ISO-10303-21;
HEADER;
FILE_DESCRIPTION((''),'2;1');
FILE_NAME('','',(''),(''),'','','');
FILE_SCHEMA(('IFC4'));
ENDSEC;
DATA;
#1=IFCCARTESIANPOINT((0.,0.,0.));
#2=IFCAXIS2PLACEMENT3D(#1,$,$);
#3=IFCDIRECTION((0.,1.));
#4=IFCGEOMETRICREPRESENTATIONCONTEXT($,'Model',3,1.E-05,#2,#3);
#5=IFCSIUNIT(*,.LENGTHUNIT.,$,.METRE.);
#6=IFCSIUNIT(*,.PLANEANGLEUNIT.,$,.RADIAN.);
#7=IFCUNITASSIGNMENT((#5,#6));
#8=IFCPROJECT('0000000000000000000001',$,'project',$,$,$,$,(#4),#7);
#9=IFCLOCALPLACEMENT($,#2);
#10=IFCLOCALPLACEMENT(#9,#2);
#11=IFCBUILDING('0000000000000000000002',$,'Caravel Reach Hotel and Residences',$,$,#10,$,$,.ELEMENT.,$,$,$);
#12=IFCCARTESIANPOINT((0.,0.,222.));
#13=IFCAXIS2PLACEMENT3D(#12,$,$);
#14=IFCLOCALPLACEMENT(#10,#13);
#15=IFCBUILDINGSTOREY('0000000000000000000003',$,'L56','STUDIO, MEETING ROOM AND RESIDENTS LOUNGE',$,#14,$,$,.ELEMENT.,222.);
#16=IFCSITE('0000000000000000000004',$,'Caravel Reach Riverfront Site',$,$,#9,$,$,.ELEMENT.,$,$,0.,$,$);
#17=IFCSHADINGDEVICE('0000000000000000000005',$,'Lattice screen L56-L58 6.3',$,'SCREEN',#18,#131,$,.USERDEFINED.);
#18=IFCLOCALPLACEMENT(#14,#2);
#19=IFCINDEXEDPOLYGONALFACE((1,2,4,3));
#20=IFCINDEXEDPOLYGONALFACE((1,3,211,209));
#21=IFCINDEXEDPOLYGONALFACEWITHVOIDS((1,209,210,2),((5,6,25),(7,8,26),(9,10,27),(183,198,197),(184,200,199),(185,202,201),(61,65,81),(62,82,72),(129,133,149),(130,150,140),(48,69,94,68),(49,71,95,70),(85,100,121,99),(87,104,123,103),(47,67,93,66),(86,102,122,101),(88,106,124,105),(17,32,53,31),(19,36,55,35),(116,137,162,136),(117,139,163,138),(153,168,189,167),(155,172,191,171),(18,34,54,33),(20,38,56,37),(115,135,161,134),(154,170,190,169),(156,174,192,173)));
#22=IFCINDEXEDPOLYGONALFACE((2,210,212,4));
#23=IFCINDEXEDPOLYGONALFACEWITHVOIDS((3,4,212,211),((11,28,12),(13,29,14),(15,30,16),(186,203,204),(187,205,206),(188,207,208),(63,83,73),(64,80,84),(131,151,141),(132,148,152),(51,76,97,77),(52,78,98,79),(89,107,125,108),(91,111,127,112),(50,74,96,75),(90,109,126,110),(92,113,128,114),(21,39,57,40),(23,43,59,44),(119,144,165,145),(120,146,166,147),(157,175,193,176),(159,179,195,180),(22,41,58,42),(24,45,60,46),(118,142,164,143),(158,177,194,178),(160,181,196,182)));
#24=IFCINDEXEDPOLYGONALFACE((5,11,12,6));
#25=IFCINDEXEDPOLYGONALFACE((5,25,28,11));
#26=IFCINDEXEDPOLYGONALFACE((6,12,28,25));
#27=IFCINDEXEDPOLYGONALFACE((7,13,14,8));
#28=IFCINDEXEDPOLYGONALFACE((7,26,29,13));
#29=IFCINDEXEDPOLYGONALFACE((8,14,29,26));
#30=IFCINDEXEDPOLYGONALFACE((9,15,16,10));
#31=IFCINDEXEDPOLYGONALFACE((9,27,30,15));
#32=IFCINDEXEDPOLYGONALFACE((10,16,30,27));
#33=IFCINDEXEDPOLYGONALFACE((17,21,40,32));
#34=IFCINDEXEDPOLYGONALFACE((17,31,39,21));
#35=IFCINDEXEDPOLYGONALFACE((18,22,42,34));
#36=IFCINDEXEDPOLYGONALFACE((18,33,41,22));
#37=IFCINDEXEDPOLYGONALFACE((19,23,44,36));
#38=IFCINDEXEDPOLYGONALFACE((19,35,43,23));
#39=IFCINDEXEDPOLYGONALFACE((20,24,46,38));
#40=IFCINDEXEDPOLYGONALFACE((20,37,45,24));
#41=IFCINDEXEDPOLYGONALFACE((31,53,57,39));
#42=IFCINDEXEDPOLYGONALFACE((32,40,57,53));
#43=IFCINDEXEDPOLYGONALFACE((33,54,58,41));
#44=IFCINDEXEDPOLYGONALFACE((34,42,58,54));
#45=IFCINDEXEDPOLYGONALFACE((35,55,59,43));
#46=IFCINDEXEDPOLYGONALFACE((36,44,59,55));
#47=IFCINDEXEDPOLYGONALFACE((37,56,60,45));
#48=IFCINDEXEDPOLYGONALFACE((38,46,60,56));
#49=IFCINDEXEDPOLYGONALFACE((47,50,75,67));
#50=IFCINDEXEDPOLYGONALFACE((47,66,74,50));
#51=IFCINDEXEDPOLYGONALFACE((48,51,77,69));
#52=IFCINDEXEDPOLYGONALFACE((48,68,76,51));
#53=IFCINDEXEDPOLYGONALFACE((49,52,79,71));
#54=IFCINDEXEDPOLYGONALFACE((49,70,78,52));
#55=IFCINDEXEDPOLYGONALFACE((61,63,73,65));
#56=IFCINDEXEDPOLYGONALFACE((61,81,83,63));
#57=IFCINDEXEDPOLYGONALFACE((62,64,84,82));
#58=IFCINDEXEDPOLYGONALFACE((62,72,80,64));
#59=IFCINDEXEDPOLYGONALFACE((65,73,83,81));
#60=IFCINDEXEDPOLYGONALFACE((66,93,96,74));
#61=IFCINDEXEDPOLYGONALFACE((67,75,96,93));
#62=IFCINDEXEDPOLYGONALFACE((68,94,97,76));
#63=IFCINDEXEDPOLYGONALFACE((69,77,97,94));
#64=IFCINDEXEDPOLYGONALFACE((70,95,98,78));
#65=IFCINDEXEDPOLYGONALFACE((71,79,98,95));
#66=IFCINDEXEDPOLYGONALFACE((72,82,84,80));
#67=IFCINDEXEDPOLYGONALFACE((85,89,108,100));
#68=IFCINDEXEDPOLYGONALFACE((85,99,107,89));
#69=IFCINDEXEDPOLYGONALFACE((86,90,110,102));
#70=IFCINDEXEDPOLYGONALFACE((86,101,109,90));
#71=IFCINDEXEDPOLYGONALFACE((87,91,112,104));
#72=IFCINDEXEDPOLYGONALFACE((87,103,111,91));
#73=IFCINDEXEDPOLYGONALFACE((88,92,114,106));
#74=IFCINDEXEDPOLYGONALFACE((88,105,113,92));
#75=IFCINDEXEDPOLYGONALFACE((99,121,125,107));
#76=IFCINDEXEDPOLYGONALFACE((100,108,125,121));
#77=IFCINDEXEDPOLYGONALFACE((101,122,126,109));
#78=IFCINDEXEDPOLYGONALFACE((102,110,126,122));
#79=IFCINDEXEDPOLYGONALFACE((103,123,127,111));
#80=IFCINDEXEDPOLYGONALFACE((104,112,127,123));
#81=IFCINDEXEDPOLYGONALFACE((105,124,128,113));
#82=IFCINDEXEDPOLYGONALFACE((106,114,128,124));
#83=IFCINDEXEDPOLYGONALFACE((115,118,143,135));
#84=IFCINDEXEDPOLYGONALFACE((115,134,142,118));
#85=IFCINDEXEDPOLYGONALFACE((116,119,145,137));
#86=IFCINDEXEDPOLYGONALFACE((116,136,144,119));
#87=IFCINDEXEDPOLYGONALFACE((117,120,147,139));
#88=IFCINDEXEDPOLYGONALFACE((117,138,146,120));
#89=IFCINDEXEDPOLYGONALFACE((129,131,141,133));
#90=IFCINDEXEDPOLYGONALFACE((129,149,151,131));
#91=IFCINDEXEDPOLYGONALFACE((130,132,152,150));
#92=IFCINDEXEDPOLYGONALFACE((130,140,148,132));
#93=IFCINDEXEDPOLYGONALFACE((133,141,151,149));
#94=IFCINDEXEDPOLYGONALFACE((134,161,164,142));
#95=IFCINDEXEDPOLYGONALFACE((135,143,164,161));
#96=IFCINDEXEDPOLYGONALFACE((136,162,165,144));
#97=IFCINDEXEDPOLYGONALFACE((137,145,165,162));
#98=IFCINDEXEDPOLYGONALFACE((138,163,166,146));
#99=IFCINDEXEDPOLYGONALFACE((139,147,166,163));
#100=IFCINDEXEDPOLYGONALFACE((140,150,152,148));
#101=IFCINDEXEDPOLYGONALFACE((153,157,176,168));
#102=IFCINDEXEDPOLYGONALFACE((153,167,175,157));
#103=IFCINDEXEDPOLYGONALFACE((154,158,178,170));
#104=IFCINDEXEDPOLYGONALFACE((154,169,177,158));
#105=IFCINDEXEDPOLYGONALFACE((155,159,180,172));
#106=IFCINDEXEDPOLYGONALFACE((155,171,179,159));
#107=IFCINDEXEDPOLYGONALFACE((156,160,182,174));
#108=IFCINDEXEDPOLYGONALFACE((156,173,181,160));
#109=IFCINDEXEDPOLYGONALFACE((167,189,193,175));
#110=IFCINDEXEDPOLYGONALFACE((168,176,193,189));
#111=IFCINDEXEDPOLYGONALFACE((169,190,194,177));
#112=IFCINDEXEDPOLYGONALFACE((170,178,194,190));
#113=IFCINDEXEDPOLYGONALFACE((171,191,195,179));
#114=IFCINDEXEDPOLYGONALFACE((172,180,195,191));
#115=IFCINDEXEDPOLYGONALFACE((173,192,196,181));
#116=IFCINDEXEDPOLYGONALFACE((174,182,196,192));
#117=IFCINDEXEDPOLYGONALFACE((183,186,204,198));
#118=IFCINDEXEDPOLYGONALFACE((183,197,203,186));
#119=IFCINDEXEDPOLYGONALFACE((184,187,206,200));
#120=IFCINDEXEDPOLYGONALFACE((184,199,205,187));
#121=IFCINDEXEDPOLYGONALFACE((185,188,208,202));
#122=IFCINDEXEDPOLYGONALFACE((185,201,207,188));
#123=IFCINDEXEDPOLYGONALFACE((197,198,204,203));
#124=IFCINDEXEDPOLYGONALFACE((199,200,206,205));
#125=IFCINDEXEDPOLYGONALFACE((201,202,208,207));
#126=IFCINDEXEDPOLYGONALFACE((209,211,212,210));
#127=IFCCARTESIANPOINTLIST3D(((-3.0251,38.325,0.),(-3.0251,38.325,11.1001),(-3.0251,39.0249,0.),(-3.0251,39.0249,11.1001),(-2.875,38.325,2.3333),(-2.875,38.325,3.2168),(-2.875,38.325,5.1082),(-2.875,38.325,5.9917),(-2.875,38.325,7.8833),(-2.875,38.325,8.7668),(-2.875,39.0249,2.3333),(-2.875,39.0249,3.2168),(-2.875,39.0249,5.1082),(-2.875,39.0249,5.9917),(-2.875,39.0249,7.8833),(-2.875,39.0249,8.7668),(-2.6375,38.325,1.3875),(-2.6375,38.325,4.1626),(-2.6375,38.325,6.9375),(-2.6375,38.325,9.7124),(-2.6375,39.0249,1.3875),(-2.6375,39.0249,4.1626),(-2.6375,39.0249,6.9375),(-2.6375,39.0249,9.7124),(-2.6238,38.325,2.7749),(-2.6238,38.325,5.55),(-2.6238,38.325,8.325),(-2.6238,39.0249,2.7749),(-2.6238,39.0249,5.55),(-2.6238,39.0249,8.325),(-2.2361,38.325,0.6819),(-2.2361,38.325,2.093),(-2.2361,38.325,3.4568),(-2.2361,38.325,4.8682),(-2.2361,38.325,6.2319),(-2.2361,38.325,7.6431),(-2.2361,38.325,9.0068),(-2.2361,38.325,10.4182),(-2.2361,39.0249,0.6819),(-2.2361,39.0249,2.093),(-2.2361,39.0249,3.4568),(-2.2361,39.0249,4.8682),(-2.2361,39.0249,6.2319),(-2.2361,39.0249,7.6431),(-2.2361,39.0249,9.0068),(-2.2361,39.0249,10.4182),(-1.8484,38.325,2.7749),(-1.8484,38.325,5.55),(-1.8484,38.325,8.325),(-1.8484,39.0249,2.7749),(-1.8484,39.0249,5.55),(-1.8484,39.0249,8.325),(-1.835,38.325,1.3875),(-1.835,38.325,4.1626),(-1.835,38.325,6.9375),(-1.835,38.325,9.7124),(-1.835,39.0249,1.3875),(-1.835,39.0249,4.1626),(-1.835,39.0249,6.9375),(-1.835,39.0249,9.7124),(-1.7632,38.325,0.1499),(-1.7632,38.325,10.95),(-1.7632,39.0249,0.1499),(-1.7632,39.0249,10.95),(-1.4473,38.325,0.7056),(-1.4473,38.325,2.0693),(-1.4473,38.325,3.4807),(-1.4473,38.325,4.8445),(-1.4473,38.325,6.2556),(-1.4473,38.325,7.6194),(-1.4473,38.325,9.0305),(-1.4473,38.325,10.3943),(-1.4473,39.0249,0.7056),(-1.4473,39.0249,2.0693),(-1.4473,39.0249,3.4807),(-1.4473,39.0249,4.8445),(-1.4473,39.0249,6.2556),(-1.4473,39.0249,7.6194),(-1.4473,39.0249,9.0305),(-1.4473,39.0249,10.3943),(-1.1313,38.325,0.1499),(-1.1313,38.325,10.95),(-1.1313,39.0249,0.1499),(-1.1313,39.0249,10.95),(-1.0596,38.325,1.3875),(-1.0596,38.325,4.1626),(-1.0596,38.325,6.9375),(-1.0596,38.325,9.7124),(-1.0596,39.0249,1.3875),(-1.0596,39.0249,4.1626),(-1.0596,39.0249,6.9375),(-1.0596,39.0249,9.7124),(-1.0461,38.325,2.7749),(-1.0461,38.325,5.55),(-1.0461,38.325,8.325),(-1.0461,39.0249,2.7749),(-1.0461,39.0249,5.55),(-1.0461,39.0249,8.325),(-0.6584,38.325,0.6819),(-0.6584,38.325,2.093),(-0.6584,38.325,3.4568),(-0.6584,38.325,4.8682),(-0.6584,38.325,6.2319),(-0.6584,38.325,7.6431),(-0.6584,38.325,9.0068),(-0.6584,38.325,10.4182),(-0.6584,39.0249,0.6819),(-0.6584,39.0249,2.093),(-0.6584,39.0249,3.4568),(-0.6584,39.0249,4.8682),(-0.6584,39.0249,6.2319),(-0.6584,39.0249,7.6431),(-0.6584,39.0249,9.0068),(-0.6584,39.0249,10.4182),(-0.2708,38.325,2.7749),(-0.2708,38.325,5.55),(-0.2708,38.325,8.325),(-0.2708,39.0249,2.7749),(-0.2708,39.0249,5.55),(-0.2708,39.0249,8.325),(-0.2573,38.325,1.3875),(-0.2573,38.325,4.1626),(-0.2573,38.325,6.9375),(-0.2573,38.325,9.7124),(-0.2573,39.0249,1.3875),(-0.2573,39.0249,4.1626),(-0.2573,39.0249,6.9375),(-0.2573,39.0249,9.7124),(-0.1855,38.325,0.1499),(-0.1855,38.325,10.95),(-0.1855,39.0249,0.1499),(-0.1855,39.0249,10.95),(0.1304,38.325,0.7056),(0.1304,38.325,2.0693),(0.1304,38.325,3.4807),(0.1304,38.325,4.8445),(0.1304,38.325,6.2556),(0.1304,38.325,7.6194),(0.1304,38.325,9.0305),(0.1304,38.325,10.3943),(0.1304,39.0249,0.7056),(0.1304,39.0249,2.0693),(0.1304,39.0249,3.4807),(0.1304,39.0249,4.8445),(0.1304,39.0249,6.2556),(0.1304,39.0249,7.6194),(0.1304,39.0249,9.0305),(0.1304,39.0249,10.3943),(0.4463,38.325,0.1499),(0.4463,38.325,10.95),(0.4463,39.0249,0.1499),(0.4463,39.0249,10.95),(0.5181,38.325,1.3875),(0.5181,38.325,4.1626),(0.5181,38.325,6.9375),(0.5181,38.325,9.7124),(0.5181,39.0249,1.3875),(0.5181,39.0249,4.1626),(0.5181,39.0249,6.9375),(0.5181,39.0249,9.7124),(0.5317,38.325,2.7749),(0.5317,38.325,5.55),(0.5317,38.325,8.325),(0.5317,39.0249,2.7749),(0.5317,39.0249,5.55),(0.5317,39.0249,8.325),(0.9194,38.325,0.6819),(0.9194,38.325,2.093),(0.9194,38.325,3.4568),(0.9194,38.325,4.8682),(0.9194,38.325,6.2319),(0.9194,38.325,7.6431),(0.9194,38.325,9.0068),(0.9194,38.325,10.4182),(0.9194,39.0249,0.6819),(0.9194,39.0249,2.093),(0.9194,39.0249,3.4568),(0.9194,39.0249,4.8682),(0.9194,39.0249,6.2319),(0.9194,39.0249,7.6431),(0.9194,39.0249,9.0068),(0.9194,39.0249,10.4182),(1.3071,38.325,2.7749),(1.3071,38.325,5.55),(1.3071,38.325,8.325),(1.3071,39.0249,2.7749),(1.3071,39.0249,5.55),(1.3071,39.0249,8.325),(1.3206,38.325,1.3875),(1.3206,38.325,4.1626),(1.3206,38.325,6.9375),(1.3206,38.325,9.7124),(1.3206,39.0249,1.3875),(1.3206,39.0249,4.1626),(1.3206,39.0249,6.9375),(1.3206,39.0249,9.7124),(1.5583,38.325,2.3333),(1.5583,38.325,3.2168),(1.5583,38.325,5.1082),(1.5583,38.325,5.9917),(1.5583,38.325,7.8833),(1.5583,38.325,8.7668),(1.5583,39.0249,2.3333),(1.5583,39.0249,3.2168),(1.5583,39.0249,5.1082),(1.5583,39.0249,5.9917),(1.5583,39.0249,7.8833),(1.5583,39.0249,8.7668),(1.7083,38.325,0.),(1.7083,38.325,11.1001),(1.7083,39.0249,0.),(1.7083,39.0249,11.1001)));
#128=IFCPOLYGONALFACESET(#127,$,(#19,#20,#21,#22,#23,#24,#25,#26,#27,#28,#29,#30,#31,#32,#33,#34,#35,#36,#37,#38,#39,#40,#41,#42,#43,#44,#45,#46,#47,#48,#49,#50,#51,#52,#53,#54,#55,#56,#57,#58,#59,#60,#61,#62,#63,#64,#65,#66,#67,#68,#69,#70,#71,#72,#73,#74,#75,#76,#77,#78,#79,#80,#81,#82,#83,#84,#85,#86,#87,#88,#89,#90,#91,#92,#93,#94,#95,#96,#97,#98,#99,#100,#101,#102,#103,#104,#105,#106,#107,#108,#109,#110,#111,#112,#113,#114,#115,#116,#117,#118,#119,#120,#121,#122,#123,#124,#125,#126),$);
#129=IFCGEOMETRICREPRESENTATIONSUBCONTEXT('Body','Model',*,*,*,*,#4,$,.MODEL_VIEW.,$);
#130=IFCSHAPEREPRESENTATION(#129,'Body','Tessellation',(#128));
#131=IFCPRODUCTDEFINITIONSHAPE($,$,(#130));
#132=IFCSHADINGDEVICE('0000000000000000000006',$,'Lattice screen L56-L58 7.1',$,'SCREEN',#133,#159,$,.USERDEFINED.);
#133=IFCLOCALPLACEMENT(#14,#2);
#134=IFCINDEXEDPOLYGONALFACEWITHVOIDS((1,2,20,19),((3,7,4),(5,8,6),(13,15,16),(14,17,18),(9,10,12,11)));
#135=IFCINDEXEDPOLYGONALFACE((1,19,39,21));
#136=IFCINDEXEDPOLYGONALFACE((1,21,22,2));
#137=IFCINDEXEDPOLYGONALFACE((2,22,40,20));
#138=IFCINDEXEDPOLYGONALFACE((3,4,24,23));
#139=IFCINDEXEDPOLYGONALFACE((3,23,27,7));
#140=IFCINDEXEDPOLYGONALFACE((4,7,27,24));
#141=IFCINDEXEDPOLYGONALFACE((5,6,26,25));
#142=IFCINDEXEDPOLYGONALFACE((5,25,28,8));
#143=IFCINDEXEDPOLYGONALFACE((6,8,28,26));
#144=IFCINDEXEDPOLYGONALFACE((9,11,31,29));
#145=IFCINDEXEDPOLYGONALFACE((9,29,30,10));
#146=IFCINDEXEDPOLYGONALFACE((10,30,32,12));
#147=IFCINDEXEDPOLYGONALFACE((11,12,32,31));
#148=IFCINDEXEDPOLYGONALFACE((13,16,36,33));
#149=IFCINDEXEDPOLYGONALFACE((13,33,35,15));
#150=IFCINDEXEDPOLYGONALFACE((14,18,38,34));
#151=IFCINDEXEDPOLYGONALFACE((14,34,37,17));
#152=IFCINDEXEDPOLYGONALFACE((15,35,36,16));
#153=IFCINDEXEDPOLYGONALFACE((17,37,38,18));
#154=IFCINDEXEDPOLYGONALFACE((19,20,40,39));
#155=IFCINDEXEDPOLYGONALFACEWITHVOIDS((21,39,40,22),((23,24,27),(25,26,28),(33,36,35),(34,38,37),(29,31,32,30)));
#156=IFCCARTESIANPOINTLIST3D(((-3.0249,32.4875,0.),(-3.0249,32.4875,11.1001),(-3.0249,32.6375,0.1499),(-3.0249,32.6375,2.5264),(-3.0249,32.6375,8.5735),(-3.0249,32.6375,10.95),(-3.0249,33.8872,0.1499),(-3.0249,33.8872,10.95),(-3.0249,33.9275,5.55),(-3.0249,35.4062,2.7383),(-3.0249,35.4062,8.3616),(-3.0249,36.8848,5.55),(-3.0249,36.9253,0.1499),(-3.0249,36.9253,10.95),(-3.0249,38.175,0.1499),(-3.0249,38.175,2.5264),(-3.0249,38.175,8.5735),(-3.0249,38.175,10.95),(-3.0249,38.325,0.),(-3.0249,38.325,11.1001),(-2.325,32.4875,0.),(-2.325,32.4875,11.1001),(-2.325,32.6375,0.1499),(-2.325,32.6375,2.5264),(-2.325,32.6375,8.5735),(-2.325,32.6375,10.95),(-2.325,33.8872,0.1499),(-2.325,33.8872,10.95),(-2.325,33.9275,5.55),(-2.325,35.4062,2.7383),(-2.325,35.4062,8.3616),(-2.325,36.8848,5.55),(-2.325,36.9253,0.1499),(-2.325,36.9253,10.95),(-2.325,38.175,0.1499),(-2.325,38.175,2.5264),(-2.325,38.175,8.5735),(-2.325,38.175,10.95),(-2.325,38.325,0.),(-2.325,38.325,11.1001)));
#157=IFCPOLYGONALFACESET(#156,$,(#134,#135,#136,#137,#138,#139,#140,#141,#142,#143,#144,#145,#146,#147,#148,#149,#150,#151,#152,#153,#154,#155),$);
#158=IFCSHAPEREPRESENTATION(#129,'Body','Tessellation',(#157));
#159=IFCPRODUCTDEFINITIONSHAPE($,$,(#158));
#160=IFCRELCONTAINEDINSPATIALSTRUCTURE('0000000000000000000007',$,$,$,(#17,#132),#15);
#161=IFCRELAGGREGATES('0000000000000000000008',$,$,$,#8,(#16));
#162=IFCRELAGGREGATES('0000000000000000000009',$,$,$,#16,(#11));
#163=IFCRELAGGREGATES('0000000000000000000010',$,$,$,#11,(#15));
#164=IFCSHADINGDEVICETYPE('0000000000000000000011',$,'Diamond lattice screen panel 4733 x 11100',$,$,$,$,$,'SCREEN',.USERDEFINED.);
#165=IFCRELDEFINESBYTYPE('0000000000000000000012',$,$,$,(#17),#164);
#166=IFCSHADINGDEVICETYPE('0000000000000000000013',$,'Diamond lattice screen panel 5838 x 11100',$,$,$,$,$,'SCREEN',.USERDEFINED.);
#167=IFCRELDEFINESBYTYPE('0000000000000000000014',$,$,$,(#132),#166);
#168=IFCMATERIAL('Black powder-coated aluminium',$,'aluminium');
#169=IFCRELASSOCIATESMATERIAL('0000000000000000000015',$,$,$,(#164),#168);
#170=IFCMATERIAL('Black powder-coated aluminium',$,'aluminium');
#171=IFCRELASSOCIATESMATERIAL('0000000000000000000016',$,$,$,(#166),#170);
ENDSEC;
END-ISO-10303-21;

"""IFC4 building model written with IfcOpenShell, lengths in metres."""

from ifc_helpers import new_model, si_unit, direction, frame, origin, place, context, subcontext, project, spatial, polyline, outline, extrude, material, type_object, element, save


model = new_model("IFC4")

# Units and contexts
model_context = context("Model", 3, precision=1e-05, world=origin(), true_north=direction((0.0, 1.0)))
body_context = subcontext(model_context, "Body", "Model", "MODEL_VIEW")
ifc_project = project(units=[si_unit("LENGTHUNIT", "METRE"), si_unit("PLANEANGLEUNIT", "RADIAN")], contexts=[model_context])

# Site, building, storey
site_placement = place(None, origin())
site = spatial("IfcSite", under=ifc_project, at=site_placement, Name="Caravel Reach Riverfront Site", CompositionType="ELEMENT", RefElevation=0.0)
building_placement = place(site_placement, origin())
building = spatial("IfcBuilding", under=site, at=building_placement, Name="Caravel Reach Hotel and Residences", CompositionType="ELEMENT")
storey_placement = place(building_placement, frame((0.0, 0.0, 222.0)))
storey = spatial("IfcBuildingStorey", under=building, at=storey_placement, Name="L56", Description="STUDIO, MEETING ROOM AND RESIDENTS LOUNGE", CompositionType="ELEMENT", Elevation=222.0)

# Shading devices
ifc_material_1 = material(Name="Black powder-coated aluminium", Category="aluminium")
shading_device_type_1 = type_object("IfcShadingDeviceType", Name="Diamond lattice screen panel 4733 x 11100", ElementType="SCREEN", PredefinedType="USERDEFINED", material=ifc_material_1)
shading_device_1_placement = place(storey_placement, frame((1.7083, 38.325, 0.0), z_axis=(0.0, 1.0, 0.0), x_axis=(-1.0, 0.0, 0.0)))
element("IfcShadingDevice", 1, at=shading_device_1_placement, inside=storey, type_object=shading_device_type_1, Name="Lattice screen L56-L58 6.3", ObjectType="SCREEN", PredefinedType="USERDEFINED", context=body_context, shape_type="SweptSolid", body=[
    extrude(outline(polyline([(0.0, 0.0), (4.7334, 0.0), (4.7334, 11.1001), (0.0, 11.1001), (0.0, 0.0)]), holes=[polyline([(0.4011, 2.7749), (0.1499, 3.2168), (0.1499, 2.3333), (0.4011, 2.7749)]), polyline([(0.4011, 5.55), (0.1499, 5.9917), (0.1499, 5.1082), (0.4011, 5.55)]), polyline([(0.4011, 8.325), (0.1499, 8.7668), (0.1499, 7.8833), (0.4011, 8.325)]), polyline([(0.7888, 2.093), (0.3877, 1.3875), (0.7888, 0.6819), (1.1902, 1.3875), (0.7888, 2.093)]), polyline([(0.7888, 4.8682), (0.3877, 4.1626), (0.7888, 3.4568), (1.1902, 4.1626), (0.7888, 4.8682)]), polyline([(0.7888, 7.6431), (0.3877, 6.9375), (0.7888, 6.2319), (1.1902, 6.9375), (0.7888, 7.6431)]), polyline([(0.7888, 10.4182), (0.3877, 9.7124), (0.7888, 9.0068), (1.1902, 9.7124), (0.7888, 10.4182)]), polyline([(1.5779, 0.7056), (1.262, 0.1499), (1.8938, 0.1499), (1.5779, 0.7056)]), polyline([(1.5779, 3.4807), (1.1765, 2.7749), (1.5779, 2.0693), (1.979, 2.7749), (1.5779, 3.4807)]), polyline([(1.5779, 6.2556), (1.1765, 5.55), (1.5779, 4.8445), (1.979, 5.55), (1.5779, 6.2556)]), polyline([(1.5779, 9.0305), (1.1765, 8.325), (1.5779, 7.6194), (1.979, 8.325), (1.5779, 9.0305)]), polyline([(1.5779, 10.3943), (1.8938, 10.95), (1.262, 10.95), (1.5779, 10.3943)]), polyline([(2.3667, 2.093), (1.9656, 1.3875), (2.3667, 0.6819), (2.7678, 1.3875), (2.3667, 2.093)]), polyline([(2.3667, 4.8682), (1.9656, 4.1626), (2.3667, 3.4568), (2.7678, 4.1626), (2.3667, 4.8682)]), polyline([(2.3667, 7.6431), (1.9656, 6.9375), (2.3667, 6.2319), (2.7678, 6.9375), (2.3667, 7.6431)]), polyline([(2.3667, 10.4182), (1.9656, 9.7124), (2.3667, 9.0068), (2.7678, 9.7124), (2.3667, 10.4182)]), polyline([(3.1555, 0.7056), (2.8396, 0.1499), (3.4714, 0.1499), (3.1555, 0.7056)]), polyline([(3.1555, 3.4807), (2.7544, 2.7749), (3.1555, 2.0693), (3.5566, 2.7749), (3.1555, 3.4807)]), polyline([(3.1555, 6.2556), (2.7544, 5.55), (3.1555, 4.8445), (3.5566, 5.55), (3.1555, 6.2556)]), polyline([(3.1555, 9.0305), (2.7544, 8.325), (3.1555, 7.6194), (3.5566, 8.325), (3.1555, 9.0305)]), polyline([(3.1555, 10.3943), (3.4714, 10.95), (2.8396, 10.95), (3.1555, 10.3943)]), polyline([(3.9443, 2.093), (3.5432, 1.3875), (3.9443, 0.6819), (4.3457, 1.3875), (3.9443, 2.093)]), polyline([(3.9443, 4.8682), (3.5432, 4.1626), (3.9443, 3.4568), (4.3457, 4.1626), (3.9443, 4.8682)]), polyline([(3.9443, 7.6431), (3.5432, 6.9375), (3.9443, 6.2319), (4.3457, 6.9375), (3.9443, 7.6431)]), polyline([(3.9443, 10.4182), (3.5432, 9.7124), (3.9443, 9.0068), (4.3457, 9.7124), (3.9443, 10.4182)]), polyline([(4.332, 2.7749), (4.5833, 2.3333), (4.5833, 3.2168), (4.332, 2.7749)]), polyline([(4.332, 5.55), (4.5833, 5.1082), (4.5833, 5.9917), (4.332, 5.55)]), polyline([(4.332, 8.325), (4.5833, 7.8833), (4.5833, 8.7668), (4.332, 8.325)])]), origin(), (0.0, 0.0, 1.0), 0.7),
])
ifc_material_2 = material(Name="Black powder-coated aluminium", Category="aluminium")
shading_device_type_2 = type_object("IfcShadingDeviceType", Name="Diamond lattice screen panel 5838 x 11100", ElementType="SCREEN", PredefinedType="USERDEFINED", material=ifc_material_2)
for number, where, z_axis, x_axis, name in (
    (2, (-2.325, 38.325, 0.0), (-1.0, 0.0, 0.0), (0.0, -1.0, 0.0), "Lattice screen L56-L58 7.1"),
):
    element("IfcShadingDevice", number, at=place(storey_placement, frame(where, z_axis=z_axis, x_axis=x_axis)), inside=storey, type_object=shading_device_type_2, Name=name, ObjectType="SCREEN", PredefinedType="USERDEFINED", context=body_context, shape_type="SweptSolid", body=[
        extrude(outline(polyline([(0.0, 0.0), (5.8374, 0.0), (5.8374, 11.1001), (0.0, 11.1001), (0.0, 0.0)]), holes=[polyline([(1.3997, 0.1499), (0.1499, 2.5264), (0.1499, 0.1499), (1.3997, 0.1499)]), polyline([(0.1499, 8.5735), (1.3997, 10.95), (0.1499, 10.95), (0.1499, 8.5735)]), polyline([(2.9187, 8.3616), (1.4402, 5.55), (2.9187, 2.7383), (4.3975, 5.55), (2.9187, 8.3616)]), polyline([(5.6875, 2.5264), (4.4377, 0.1499), (5.6875, 0.1499), (5.6875, 2.5264)]), polyline([(4.4377, 10.95), (5.6875, 8.5735), (5.6875, 10.95), (4.4377, 10.95)])]), origin(), (0.0, 0.0, 1.0), 0.7),
    ])

save(model, "model.ifc")
